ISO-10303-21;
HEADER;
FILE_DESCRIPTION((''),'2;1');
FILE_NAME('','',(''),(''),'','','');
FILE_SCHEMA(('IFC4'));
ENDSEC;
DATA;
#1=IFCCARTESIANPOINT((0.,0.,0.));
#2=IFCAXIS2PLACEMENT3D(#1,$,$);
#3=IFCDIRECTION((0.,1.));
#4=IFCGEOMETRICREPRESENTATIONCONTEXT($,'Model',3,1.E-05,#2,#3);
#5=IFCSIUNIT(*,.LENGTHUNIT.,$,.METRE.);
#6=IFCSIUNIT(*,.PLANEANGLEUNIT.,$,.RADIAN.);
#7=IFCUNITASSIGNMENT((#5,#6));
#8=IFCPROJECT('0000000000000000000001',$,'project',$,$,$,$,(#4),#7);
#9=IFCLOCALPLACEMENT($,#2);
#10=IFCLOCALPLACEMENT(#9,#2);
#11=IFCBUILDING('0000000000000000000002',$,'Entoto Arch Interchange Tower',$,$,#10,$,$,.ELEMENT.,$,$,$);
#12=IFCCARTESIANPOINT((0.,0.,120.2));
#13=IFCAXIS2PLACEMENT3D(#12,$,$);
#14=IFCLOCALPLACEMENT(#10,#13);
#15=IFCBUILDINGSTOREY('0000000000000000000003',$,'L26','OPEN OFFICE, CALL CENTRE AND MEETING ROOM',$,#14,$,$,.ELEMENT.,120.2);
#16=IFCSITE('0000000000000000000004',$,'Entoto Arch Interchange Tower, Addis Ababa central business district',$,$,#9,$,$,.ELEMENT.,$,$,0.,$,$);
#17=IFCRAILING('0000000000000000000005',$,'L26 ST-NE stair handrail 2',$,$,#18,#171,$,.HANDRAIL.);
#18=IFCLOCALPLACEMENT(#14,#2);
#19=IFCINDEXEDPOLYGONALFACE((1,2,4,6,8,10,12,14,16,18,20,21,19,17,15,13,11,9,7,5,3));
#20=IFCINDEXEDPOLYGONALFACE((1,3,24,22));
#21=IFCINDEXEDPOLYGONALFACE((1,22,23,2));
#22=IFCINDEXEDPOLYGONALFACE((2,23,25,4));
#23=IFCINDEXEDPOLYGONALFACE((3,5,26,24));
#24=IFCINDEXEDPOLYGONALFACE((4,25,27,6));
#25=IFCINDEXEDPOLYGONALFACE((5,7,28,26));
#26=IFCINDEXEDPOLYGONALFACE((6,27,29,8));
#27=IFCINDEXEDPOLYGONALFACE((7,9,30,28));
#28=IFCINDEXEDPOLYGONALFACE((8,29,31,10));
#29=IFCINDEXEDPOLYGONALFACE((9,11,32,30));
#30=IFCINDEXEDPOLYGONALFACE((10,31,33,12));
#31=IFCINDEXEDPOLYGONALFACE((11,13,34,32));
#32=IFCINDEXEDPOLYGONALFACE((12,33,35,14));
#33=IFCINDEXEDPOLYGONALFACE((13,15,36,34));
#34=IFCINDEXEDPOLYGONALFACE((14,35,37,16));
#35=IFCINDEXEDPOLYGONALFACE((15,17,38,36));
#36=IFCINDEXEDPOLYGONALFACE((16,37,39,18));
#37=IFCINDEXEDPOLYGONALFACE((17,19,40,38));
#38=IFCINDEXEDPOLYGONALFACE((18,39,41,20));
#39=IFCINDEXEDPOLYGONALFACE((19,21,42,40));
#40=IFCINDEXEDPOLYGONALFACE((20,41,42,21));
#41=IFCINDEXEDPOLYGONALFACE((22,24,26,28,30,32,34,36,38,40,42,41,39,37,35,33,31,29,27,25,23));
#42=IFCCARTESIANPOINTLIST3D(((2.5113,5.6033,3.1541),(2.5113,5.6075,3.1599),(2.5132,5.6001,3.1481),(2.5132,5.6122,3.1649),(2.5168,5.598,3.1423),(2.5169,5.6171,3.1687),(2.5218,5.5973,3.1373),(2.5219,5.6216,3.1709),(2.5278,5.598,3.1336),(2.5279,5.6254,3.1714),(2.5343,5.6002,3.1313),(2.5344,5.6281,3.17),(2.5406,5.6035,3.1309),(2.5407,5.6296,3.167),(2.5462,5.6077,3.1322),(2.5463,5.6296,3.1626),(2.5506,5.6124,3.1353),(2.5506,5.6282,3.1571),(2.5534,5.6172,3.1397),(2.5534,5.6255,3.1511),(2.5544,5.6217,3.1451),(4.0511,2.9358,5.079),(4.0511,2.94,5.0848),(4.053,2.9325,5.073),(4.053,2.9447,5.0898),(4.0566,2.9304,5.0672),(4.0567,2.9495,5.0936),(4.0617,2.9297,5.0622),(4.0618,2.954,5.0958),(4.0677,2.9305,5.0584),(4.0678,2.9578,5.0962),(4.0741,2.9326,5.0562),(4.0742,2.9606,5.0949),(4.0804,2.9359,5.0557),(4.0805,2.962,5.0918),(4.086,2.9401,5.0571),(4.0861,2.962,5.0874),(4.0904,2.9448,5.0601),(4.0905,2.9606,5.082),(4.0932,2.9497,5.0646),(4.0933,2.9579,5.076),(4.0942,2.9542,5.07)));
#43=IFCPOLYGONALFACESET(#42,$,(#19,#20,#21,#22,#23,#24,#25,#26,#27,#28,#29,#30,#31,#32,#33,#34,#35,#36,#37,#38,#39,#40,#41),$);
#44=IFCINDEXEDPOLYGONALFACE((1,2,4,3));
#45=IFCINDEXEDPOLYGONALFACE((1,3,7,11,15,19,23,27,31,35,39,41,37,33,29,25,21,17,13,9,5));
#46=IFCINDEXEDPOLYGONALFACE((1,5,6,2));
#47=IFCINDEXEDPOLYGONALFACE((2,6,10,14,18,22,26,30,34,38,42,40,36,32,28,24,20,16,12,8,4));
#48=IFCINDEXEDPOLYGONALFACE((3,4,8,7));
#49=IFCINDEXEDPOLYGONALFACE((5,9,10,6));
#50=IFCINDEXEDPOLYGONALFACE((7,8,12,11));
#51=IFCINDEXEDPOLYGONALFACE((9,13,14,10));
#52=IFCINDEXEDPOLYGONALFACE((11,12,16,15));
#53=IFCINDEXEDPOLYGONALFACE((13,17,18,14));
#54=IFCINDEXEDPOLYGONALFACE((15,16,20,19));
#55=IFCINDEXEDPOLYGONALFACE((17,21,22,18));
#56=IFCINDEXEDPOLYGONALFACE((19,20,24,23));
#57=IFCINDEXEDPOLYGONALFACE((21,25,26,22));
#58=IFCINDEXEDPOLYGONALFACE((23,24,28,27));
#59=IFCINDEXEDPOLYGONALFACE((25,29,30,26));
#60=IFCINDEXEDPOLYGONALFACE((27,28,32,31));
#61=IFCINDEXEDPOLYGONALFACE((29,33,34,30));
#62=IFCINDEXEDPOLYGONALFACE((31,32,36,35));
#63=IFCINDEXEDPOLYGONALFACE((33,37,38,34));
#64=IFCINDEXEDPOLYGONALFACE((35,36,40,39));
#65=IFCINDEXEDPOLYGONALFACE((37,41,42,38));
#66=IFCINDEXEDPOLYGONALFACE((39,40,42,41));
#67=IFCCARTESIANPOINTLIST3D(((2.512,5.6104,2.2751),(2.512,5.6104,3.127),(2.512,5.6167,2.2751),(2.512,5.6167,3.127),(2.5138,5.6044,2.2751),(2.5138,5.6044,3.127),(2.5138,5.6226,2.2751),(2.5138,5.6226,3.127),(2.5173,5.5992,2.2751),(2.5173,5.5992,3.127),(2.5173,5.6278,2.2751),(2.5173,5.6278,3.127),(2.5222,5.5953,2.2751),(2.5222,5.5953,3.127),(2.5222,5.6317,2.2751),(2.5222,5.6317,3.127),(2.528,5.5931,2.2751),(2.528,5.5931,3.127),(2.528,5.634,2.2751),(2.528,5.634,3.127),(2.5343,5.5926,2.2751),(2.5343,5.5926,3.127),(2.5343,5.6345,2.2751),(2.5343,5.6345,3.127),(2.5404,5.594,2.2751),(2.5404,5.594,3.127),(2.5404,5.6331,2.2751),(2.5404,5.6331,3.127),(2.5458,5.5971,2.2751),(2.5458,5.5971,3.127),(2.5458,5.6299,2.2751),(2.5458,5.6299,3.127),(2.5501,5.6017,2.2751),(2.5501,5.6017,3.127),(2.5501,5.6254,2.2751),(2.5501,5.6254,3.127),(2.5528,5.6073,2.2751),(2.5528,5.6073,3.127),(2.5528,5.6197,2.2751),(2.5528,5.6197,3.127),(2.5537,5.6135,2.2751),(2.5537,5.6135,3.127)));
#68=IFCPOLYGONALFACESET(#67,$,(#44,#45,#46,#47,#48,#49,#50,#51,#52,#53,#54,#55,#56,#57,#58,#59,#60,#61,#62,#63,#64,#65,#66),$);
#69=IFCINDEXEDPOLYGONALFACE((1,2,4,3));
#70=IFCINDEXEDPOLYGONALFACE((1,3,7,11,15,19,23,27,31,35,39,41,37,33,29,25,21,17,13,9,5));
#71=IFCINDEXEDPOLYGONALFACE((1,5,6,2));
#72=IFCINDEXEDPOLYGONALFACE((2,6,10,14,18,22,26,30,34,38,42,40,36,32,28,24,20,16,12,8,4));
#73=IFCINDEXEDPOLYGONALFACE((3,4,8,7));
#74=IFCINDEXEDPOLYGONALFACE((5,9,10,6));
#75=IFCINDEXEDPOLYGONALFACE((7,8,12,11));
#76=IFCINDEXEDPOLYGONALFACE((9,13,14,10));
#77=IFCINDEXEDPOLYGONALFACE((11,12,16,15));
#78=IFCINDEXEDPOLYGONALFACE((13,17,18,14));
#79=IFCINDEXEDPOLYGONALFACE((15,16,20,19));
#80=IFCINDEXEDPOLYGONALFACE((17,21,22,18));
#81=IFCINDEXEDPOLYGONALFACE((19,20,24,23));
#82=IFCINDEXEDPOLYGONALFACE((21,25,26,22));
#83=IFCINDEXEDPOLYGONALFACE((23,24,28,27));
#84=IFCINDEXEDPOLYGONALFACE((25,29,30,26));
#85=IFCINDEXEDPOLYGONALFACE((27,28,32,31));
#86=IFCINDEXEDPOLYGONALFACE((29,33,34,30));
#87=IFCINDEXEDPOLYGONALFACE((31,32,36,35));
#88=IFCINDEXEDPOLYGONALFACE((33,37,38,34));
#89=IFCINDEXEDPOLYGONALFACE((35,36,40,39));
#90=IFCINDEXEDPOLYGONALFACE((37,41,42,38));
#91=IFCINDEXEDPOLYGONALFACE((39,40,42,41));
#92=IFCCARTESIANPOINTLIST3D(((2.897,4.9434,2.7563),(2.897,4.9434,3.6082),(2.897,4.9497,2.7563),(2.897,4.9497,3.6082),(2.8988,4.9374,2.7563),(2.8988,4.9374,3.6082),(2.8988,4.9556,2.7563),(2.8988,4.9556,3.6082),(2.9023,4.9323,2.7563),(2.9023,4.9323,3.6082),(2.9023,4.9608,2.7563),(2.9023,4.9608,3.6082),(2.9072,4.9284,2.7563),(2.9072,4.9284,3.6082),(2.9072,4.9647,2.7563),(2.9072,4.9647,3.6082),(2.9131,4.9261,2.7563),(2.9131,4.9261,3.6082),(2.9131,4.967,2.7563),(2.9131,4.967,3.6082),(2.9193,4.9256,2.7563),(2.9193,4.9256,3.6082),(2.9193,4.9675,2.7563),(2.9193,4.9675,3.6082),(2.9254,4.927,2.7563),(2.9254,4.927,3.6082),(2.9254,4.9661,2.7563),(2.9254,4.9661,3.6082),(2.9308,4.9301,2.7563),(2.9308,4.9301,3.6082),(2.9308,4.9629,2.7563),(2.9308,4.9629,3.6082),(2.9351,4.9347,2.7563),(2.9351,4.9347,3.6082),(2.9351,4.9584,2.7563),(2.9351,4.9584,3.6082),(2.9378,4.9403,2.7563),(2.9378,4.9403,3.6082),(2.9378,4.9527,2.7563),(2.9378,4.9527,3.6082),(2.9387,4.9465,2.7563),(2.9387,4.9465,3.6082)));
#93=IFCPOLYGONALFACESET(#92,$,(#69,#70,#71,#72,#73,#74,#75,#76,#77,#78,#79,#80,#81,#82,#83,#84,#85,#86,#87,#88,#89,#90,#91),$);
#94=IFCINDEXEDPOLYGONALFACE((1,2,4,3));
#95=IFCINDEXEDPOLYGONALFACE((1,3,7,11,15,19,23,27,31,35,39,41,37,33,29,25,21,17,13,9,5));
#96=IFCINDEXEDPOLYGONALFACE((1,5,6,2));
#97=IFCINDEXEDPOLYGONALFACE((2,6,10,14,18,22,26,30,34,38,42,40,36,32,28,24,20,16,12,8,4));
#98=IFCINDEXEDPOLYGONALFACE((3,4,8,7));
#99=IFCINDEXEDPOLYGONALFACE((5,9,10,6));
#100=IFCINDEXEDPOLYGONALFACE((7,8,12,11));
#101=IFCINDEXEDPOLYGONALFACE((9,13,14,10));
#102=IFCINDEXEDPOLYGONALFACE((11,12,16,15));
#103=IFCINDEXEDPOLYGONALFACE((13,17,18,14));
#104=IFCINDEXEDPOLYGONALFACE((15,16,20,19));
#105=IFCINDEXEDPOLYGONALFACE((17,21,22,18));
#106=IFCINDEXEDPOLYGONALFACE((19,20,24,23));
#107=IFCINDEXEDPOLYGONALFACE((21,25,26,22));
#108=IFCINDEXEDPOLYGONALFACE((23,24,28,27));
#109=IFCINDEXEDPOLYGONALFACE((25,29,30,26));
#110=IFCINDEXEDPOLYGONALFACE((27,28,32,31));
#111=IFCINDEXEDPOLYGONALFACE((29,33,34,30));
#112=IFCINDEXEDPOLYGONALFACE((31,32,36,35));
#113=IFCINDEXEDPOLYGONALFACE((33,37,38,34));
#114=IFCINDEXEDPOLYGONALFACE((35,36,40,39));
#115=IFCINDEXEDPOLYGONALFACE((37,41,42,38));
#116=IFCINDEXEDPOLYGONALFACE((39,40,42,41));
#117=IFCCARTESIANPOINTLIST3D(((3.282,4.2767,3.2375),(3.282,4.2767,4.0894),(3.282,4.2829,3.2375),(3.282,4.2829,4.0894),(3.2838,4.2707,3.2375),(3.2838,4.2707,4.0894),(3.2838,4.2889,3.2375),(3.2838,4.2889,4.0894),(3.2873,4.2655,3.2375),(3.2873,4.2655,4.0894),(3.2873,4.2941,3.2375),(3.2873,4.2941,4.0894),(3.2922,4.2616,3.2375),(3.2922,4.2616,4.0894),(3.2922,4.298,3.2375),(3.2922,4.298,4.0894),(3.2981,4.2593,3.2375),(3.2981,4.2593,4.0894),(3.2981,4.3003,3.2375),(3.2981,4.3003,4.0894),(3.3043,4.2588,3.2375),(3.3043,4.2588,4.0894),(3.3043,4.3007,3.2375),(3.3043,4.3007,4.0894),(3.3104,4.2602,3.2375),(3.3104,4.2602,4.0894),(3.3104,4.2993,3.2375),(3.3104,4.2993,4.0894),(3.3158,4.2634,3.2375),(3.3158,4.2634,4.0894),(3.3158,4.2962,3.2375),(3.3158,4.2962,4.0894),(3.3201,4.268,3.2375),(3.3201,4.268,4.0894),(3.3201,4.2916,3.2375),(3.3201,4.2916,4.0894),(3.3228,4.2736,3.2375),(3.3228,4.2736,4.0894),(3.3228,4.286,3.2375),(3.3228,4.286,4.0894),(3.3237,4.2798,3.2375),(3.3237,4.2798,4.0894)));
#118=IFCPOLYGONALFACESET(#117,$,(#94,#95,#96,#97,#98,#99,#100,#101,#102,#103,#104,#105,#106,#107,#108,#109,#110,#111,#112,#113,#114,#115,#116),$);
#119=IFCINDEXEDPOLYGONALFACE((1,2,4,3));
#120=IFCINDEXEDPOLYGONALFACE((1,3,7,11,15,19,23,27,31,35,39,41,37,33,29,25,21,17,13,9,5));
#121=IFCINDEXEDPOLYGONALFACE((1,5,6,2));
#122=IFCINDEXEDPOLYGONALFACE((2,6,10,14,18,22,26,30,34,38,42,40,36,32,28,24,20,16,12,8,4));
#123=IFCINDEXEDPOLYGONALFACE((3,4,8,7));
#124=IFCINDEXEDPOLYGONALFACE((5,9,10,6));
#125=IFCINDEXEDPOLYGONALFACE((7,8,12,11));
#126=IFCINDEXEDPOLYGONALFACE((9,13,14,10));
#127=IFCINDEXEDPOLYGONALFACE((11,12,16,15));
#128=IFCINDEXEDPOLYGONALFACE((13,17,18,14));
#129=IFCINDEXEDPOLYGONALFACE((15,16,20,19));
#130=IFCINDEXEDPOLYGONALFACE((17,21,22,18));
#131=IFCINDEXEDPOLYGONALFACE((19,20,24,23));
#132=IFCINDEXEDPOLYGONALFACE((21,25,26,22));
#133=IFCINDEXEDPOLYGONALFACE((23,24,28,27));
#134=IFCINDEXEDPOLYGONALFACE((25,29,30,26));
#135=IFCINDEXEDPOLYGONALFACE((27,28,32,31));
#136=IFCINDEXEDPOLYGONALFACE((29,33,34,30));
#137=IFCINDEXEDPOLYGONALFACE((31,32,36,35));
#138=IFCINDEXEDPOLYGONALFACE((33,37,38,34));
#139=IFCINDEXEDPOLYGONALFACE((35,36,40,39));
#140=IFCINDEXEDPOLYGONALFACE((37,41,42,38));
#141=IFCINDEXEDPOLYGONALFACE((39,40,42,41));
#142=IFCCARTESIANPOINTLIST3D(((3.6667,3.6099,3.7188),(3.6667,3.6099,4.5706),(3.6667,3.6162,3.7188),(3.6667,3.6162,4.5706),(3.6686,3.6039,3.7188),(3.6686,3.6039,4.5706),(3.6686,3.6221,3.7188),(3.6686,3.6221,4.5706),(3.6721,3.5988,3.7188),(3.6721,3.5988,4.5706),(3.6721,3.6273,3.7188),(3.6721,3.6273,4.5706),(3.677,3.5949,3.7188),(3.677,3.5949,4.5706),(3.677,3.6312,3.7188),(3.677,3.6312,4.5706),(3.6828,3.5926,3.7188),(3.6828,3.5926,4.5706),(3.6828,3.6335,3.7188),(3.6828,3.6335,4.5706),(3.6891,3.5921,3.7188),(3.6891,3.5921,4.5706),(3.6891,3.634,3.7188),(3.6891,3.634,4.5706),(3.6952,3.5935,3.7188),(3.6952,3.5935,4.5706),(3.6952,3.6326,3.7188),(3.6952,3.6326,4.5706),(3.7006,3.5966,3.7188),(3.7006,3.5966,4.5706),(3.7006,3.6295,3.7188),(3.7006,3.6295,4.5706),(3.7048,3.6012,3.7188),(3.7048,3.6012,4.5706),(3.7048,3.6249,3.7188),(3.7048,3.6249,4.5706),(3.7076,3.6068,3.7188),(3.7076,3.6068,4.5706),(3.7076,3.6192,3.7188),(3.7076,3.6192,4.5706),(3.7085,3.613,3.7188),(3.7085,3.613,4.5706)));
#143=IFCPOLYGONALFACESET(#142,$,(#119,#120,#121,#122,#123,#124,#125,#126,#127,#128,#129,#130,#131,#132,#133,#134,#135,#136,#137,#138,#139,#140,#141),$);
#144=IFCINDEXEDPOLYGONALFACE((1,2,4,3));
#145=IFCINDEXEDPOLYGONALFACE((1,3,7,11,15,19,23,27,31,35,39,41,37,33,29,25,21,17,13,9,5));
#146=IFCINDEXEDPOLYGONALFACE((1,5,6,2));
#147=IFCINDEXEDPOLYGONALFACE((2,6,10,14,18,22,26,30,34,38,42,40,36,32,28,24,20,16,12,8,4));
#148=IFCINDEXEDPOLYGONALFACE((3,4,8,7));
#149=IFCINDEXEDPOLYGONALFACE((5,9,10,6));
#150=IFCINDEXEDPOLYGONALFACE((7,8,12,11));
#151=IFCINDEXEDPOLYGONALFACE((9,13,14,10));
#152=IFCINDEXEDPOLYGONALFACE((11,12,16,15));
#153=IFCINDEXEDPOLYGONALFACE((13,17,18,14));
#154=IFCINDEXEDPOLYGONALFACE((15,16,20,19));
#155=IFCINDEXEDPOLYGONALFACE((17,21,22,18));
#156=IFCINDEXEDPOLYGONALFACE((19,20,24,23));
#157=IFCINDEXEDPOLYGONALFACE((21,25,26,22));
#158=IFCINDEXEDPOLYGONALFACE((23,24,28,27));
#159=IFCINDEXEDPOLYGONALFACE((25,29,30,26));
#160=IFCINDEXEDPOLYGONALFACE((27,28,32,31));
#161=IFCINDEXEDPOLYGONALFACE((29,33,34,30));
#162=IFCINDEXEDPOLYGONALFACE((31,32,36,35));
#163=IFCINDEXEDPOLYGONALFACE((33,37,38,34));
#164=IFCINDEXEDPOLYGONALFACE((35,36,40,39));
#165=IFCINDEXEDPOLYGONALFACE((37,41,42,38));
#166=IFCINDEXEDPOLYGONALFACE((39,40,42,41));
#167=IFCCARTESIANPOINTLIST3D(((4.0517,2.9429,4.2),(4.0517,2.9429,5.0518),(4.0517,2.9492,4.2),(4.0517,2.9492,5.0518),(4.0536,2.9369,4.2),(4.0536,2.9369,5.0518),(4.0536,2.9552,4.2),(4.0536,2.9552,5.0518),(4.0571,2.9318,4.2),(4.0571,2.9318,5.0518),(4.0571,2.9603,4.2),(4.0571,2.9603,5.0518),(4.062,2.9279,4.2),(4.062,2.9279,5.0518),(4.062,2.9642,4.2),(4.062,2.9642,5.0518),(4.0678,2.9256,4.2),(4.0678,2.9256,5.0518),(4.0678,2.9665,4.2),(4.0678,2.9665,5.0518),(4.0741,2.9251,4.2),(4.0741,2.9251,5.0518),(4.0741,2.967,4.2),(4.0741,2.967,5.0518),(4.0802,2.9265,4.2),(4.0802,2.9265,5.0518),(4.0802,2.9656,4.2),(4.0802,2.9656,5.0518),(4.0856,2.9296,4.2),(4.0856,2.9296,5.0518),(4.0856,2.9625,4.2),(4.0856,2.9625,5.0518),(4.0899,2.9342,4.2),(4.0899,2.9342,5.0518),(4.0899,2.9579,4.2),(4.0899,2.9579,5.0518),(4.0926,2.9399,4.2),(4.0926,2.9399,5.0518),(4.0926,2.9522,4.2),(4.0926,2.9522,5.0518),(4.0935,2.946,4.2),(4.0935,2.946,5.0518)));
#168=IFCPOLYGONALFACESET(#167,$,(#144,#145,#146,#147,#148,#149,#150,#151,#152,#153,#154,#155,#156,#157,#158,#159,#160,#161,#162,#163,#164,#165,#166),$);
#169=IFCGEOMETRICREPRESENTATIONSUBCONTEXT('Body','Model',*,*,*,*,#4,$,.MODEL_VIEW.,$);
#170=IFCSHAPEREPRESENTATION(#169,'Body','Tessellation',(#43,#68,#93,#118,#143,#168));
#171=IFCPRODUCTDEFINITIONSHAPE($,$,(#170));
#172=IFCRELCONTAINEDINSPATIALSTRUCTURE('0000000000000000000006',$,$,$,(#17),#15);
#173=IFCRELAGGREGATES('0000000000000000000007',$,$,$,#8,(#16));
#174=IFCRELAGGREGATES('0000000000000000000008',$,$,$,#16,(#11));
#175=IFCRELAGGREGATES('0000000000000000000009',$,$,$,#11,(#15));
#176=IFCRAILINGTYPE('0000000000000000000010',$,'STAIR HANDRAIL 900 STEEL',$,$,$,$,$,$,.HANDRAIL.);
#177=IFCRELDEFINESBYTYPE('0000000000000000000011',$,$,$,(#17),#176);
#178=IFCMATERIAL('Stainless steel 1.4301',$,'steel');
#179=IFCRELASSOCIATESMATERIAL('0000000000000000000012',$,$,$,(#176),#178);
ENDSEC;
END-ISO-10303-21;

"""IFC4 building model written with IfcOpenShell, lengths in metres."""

from ifc_helpers import new_model, si_unit, direction, frame, origin, origin_2d, place, context, subcontext, project, spatial, circle, extrude, material, type_object, element, save


model = new_model("IFC4")

# Units and contexts
model_context = context("Model", 3, precision=1e-05, world=origin(), true_north=direction((0.0, 1.0)))
body_context = subcontext(model_context, "Body", "Model", "MODEL_VIEW")
ifc_project = project(units=[si_unit("LENGTHUNIT", "METRE"), si_unit("PLANEANGLEUNIT", "RADIAN")], contexts=[model_context])

# Site, building, storey
site_placement = place(None, origin())
site = spatial("IfcSite", under=ifc_project, at=site_placement, Name="Entoto Arch Interchange Tower, Addis Ababa central business district", CompositionType="ELEMENT", RefElevation=0.0)
building_placement = place(site_placement, origin())
building = spatial("IfcBuilding", under=site, at=building_placement, Name="Entoto Arch Interchange Tower", CompositionType="ELEMENT")
storey_placement = place(building_placement, frame((0.0, 0.0, 120.2)))
storey = spatial("IfcBuildingStorey", under=building, at=storey_placement, Name="L26", Description="OPEN OFFICE, CALL CENTRE AND MEETING ROOM", CompositionType="ELEMENT", Elevation=120.2)

# Railing
ifc_material_1 = material(Name="Stainless steel 1.4301", Category="steel")
railing_type_1 = type_object("IfcRailingType", Name="STAIR HANDRAIL 900 STEEL", PredefinedType="HANDRAIL", material=ifc_material_1)
railing_1_placement = place(storey_placement, frame((2.5327, 5.6135, 2.2751)))
element("IfcRailing", 1, at=railing_1_placement, inside=storey, type_object=railing_type_1, Name="L26 ST-NE stair handrail 2", PredefinedType="HANDRAIL", context=body_context, shape_type="SweptSolid", body=[
    extrude(circle(Radius=0.0239, at=origin_2d()), frame((0.0, 0.0, 0.876), z_axis=(0.423954, -0.734442, 0.52996), x_axis=(0.866064, 0.499933, 0.0)), (0.0, 0.0, 1.0), 3.6321),
    extrude(circle(Radius=0.021, at=origin_2d()), origin(), (0.0, 0.0, 1.0), 0.8518),
    extrude(circle(Radius=0.021, at=origin_2d()), frame((0.385, -0.667, 0.4812)), (0.0, 0.0, 1.0), 0.8518),
    extrude(circle(Radius=0.021, at=origin_2d()), frame((0.77, -1.3337, 0.9624)), (0.0, 0.0, 1.0), 0.8518),
    extrude(circle(Radius=0.021, at=origin_2d()), frame((1.1548, -2.0005, 1.4436)), (0.0, 0.0, 1.0), 0.8518),
    extrude(circle(Radius=0.021, at=origin_2d()), frame((1.5398, -2.6675, 1.9248)), (0.0, 0.0, 1.0), 0.8518),
])

save(model, "model.ifc")
